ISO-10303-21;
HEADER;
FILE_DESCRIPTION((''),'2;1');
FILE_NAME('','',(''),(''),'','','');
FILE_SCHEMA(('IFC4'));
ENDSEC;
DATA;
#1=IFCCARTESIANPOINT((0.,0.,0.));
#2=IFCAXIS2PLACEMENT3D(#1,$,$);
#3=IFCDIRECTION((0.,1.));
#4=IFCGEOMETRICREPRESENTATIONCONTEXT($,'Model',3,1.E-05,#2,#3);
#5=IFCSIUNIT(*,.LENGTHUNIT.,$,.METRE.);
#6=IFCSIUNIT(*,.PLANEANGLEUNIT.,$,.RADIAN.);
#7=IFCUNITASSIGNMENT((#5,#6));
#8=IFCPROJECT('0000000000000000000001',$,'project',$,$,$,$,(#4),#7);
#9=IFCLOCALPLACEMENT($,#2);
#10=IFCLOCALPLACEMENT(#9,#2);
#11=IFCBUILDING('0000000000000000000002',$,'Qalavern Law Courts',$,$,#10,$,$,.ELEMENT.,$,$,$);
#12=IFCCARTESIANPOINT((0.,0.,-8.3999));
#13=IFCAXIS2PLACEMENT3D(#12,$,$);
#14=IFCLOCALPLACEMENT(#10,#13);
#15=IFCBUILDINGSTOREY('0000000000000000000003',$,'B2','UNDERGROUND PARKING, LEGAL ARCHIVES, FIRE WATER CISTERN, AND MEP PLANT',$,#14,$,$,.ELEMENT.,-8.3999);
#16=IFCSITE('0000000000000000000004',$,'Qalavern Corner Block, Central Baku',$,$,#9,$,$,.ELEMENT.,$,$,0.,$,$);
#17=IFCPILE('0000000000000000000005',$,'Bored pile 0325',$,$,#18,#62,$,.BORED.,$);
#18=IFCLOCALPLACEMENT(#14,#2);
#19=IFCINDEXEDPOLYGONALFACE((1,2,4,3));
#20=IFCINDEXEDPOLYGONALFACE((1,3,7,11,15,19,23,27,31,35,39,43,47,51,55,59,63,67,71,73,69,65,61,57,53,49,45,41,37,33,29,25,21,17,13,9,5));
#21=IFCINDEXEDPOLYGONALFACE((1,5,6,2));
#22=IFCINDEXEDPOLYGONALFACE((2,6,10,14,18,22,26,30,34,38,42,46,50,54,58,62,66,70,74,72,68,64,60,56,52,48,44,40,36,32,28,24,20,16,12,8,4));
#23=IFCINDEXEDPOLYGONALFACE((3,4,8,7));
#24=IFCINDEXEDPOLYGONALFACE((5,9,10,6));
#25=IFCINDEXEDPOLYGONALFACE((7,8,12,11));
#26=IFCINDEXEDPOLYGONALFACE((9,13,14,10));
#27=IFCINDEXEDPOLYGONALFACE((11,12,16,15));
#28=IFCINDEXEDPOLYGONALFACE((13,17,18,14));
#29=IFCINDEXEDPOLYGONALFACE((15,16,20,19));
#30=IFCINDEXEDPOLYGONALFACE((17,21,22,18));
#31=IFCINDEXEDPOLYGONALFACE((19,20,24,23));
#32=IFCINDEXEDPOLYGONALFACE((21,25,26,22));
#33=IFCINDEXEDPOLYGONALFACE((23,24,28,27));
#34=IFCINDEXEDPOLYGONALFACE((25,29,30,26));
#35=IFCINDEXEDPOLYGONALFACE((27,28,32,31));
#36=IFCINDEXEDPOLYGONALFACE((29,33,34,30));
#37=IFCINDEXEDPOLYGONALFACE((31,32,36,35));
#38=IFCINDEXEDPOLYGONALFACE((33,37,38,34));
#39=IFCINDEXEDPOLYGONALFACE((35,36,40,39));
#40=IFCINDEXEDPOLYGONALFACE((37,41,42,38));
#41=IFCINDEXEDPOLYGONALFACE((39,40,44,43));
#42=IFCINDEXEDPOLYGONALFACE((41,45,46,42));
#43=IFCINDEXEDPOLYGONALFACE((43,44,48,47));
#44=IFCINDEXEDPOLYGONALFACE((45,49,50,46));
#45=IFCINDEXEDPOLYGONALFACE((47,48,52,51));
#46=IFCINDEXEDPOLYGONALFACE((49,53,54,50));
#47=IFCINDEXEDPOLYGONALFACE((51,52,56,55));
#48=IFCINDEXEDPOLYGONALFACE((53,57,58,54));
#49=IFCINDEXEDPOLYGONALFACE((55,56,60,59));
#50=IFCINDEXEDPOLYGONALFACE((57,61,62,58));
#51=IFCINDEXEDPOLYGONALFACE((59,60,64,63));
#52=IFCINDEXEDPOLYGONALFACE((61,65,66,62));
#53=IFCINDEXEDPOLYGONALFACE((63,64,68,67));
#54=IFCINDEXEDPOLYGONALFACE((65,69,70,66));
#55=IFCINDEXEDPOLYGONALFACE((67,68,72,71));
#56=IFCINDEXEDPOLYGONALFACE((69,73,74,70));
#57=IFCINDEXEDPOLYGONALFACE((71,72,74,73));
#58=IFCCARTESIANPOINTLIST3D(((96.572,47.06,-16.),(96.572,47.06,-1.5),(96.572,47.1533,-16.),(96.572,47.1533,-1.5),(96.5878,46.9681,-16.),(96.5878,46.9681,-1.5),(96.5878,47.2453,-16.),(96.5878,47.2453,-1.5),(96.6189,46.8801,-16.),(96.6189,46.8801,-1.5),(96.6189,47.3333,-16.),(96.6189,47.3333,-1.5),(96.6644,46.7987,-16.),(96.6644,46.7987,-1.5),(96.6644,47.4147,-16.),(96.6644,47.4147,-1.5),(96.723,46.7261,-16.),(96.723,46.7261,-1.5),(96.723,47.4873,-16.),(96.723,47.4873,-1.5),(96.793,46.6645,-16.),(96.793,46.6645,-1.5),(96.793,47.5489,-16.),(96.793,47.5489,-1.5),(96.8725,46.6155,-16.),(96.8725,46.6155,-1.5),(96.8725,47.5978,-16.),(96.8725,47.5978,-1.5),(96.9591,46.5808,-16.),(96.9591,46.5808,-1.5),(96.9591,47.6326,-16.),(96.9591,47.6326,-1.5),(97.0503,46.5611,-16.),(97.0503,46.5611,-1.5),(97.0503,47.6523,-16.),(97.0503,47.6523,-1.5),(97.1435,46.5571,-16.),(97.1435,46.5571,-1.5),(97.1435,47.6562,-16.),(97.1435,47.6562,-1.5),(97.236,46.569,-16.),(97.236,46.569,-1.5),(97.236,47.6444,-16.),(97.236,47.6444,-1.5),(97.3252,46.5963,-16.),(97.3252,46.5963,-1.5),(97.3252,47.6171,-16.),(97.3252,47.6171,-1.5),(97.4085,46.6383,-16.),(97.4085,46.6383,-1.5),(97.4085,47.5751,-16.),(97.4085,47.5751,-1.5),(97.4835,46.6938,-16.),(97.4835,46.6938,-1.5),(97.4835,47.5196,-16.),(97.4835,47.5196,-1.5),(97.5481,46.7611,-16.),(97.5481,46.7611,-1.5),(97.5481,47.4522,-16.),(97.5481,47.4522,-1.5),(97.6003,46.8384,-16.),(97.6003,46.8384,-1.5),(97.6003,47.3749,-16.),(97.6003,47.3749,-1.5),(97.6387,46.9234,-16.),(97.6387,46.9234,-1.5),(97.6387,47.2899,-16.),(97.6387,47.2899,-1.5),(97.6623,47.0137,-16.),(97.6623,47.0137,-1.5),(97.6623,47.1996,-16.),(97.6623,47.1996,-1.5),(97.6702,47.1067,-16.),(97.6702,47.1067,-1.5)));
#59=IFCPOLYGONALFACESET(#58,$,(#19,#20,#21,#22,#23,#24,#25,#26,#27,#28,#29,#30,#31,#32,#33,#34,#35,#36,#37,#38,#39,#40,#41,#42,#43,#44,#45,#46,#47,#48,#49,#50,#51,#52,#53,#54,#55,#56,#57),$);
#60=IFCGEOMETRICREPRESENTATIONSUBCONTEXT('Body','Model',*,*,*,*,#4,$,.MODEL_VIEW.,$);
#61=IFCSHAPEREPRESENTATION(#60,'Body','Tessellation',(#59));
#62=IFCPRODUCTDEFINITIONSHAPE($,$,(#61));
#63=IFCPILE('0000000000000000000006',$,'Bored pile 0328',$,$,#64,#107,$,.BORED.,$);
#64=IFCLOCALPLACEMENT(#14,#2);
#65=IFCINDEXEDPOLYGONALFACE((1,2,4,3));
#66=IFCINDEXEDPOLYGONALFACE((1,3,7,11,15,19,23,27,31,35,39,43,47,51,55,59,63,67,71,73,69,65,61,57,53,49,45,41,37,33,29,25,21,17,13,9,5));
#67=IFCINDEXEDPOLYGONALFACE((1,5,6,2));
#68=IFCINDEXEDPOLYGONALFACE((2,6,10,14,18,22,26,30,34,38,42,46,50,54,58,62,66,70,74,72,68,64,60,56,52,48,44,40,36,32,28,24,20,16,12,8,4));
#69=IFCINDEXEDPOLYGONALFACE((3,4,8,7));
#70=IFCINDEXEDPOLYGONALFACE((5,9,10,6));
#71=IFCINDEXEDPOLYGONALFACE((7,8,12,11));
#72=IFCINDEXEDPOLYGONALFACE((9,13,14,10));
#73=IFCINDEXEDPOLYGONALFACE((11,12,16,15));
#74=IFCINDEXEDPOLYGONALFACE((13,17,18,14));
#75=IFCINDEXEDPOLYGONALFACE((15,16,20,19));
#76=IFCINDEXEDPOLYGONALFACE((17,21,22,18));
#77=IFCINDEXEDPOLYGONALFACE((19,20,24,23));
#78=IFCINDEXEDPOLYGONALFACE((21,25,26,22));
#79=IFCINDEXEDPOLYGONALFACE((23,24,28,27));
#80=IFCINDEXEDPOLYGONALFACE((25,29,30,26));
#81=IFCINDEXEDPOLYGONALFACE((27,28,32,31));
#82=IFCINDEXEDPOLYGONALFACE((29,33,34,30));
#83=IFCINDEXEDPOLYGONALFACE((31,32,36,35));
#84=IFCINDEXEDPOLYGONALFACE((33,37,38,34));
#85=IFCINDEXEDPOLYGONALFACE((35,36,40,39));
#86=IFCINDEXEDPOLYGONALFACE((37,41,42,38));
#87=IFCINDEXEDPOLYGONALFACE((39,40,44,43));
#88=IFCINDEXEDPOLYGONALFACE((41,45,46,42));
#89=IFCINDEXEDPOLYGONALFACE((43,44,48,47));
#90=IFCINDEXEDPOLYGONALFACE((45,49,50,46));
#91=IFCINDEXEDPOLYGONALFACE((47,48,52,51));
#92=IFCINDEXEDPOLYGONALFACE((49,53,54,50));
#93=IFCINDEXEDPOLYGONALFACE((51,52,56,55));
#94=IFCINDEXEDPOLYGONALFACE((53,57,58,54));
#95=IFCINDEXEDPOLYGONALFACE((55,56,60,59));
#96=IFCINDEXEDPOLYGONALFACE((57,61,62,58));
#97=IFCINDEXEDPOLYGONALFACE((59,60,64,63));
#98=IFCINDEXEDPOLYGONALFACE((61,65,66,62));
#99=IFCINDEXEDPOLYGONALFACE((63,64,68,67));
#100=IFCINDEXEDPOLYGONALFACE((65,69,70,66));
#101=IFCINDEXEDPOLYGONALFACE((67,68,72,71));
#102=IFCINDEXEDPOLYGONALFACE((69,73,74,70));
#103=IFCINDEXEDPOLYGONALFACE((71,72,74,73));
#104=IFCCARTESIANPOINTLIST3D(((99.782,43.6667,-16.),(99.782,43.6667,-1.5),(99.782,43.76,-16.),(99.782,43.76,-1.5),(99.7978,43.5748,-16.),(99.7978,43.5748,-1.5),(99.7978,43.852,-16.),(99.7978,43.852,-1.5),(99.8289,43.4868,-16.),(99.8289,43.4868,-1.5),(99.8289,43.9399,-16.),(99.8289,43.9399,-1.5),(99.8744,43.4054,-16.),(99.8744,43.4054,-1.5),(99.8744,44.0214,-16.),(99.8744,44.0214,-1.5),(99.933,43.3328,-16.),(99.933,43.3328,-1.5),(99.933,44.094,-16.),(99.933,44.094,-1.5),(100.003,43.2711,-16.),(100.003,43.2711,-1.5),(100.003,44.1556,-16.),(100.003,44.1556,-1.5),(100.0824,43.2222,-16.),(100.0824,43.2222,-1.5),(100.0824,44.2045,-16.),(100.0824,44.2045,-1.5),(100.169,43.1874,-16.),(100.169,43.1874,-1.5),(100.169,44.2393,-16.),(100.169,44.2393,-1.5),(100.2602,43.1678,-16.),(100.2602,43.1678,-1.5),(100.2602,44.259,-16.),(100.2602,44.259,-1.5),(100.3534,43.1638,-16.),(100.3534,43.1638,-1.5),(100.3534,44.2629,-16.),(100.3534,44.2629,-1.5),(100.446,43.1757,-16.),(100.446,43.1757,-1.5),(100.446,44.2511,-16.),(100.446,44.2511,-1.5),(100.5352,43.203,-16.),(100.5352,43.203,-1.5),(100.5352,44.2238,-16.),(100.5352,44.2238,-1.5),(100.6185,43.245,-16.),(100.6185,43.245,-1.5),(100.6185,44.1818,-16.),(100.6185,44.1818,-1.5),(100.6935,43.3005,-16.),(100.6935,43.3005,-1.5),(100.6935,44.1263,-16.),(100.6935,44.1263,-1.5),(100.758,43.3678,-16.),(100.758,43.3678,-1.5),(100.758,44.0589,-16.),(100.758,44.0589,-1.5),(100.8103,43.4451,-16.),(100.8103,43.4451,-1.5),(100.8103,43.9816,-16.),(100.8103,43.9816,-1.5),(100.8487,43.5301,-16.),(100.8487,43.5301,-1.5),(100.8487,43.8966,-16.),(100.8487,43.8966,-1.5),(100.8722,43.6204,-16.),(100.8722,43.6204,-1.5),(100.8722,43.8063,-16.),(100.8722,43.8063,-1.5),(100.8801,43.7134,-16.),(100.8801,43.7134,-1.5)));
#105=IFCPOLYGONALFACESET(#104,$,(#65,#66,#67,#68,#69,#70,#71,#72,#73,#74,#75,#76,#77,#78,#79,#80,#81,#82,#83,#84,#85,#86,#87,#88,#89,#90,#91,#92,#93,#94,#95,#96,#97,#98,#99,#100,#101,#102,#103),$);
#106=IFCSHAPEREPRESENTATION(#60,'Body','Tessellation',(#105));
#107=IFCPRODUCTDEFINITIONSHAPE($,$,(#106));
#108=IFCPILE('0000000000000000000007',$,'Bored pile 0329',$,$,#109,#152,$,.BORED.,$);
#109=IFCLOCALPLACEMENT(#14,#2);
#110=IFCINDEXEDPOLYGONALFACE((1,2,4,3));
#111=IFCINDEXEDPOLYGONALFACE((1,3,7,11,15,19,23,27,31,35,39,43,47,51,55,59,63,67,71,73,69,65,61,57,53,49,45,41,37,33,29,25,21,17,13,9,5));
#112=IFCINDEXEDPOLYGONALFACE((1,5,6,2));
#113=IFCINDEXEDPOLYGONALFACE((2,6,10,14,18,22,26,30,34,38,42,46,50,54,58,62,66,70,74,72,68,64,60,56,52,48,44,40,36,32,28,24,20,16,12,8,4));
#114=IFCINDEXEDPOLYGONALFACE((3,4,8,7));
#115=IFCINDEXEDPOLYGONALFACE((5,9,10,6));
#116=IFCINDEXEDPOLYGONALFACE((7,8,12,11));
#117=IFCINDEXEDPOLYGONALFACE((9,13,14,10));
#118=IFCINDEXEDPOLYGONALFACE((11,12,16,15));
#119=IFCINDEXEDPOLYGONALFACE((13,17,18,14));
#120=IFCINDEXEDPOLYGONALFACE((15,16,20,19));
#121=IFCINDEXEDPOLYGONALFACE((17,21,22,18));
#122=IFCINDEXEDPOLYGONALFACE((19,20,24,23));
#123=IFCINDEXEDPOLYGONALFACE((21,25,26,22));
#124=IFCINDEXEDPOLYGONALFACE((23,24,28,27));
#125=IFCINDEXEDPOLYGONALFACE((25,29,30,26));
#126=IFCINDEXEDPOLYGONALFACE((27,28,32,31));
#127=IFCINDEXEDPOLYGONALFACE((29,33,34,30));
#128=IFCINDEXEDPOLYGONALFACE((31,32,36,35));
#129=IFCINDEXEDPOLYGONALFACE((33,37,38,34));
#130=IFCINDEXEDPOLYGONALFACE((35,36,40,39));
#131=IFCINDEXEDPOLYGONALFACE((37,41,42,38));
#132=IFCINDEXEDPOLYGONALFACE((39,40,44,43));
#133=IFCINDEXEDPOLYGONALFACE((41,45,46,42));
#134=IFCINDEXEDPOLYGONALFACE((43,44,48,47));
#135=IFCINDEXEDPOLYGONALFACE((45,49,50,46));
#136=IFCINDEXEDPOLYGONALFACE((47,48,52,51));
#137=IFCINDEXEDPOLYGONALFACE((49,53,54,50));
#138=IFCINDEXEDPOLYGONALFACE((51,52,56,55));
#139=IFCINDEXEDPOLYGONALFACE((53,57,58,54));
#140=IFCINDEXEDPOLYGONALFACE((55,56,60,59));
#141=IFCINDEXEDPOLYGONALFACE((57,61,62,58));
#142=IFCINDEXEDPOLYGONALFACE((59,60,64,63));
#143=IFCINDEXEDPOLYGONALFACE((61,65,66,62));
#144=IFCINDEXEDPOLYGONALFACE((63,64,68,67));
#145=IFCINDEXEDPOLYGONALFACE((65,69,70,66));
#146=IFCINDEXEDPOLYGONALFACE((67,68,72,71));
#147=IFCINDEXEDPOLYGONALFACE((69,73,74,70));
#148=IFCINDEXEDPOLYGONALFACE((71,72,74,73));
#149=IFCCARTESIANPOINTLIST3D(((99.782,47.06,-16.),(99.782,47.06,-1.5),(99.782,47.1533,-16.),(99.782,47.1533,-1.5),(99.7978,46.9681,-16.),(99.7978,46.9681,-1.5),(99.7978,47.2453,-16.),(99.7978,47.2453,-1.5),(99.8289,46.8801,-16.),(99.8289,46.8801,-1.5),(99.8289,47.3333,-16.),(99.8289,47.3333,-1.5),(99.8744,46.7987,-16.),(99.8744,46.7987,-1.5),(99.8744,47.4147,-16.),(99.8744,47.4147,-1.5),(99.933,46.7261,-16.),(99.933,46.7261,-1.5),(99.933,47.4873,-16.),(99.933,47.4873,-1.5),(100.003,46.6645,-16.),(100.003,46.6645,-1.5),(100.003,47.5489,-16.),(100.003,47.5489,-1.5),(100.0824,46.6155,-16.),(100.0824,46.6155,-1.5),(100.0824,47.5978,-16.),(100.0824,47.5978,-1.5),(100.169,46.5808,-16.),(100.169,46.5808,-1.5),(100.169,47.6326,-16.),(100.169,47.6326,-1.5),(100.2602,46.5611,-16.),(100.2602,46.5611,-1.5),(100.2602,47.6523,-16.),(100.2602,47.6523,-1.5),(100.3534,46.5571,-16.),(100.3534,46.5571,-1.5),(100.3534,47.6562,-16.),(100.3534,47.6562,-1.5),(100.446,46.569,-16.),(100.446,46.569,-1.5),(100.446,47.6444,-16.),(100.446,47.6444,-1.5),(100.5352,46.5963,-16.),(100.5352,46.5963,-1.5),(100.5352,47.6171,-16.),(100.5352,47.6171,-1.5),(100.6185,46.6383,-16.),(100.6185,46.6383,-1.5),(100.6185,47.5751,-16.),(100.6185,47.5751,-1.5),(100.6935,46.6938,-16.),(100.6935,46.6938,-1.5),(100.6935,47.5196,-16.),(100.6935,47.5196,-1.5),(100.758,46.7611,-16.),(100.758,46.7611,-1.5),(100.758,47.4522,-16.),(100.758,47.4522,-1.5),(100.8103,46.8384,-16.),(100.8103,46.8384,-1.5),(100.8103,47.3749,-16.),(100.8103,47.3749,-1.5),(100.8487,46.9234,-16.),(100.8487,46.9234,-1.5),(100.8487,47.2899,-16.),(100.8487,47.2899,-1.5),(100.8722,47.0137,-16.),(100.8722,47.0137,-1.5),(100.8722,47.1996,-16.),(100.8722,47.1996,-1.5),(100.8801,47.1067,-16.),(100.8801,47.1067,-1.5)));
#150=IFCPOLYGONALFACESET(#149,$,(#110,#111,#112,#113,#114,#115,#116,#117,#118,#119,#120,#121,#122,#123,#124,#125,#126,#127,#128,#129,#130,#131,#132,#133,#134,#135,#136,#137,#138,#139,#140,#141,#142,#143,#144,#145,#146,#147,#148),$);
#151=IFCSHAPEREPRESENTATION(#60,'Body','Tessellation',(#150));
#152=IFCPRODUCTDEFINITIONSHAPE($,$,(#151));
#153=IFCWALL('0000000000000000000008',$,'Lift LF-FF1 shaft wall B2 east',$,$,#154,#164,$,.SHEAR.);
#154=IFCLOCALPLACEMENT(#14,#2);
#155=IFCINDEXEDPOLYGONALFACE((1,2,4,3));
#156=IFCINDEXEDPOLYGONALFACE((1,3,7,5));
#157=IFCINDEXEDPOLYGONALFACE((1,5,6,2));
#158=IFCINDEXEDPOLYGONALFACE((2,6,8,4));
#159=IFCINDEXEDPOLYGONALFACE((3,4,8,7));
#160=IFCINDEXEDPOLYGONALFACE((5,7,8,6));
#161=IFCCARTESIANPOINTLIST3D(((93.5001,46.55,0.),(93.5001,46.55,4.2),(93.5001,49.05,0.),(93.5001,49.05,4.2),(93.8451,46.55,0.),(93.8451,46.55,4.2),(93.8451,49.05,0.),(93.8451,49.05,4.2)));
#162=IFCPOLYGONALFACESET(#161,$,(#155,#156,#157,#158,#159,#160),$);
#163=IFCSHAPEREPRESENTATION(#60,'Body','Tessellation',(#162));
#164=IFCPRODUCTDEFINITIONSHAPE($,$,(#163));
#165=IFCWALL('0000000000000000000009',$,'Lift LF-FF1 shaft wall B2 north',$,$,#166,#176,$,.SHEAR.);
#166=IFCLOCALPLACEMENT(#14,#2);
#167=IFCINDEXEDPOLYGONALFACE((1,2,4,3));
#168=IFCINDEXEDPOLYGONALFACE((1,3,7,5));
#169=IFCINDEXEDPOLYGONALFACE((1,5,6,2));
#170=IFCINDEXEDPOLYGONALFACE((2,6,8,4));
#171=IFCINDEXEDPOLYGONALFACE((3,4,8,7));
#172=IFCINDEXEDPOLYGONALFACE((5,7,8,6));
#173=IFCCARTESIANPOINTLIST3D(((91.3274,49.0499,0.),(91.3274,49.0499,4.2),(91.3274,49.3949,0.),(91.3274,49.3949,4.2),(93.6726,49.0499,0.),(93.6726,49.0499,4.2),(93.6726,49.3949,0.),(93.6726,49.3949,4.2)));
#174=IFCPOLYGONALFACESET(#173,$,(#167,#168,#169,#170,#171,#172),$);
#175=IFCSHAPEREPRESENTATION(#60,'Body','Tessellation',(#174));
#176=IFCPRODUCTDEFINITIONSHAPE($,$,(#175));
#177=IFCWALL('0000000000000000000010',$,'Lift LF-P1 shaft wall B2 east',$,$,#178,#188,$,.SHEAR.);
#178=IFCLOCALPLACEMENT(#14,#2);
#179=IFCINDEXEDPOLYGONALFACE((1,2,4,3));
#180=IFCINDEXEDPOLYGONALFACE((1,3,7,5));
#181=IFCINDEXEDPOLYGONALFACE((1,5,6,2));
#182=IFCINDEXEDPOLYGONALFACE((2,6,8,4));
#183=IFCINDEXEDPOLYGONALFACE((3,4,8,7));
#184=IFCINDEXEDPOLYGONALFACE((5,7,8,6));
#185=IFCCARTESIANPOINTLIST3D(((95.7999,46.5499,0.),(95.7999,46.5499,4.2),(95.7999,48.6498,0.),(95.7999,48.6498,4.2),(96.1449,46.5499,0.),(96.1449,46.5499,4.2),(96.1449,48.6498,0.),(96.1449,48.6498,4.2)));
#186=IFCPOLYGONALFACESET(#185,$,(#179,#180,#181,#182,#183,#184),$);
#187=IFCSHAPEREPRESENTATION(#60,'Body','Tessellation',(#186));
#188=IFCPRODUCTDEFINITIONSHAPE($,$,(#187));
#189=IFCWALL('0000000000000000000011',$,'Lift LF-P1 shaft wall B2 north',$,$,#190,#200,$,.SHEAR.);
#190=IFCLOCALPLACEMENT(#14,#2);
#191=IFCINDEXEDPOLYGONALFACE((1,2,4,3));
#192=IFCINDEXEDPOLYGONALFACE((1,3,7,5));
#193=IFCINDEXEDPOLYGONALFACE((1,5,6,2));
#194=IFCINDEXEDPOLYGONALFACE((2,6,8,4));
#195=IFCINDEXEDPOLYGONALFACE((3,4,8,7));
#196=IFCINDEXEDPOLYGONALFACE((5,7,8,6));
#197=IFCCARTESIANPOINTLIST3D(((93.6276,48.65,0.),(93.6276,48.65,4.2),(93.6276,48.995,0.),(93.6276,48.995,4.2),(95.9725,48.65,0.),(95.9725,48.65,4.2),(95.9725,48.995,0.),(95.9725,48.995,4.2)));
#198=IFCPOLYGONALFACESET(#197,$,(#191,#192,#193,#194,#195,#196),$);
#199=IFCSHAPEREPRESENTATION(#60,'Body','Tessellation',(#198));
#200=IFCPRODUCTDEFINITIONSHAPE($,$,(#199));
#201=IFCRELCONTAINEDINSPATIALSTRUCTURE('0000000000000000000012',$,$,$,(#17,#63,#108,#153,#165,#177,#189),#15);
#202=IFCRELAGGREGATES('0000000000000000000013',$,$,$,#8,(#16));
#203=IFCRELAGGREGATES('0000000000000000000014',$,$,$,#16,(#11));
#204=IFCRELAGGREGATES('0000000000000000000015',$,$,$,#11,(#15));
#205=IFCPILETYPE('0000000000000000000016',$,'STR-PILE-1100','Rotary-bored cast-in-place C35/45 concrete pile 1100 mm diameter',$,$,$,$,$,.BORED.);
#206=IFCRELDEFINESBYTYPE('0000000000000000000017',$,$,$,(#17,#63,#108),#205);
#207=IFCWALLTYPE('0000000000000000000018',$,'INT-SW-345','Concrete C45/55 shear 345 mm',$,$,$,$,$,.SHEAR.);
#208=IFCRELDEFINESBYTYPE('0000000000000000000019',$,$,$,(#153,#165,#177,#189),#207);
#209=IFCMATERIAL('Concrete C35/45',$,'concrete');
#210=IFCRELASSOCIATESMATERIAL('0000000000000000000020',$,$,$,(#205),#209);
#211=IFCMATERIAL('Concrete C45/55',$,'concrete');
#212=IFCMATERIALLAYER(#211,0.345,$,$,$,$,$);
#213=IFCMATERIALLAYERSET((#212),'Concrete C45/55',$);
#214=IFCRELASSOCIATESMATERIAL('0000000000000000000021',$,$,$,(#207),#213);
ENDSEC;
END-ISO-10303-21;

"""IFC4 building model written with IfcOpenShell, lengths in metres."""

from ifc_helpers import new_model, si_unit, direction, frame, frame_2d, origin, origin_2d, place, context, subcontext, project, spatial, rectangle, circle, extrude, material, layer, layer_set, material_profile, profile_set, type_object, element, save


model = new_model("IFC4")

# Units and contexts
model_context = context("Model", 3, precision=1e-05, world=origin(), true_north=direction((0.0, 1.0)))
body_context = subcontext(model_context, "Body", "Model", "MODEL_VIEW")
ifc_project = project(units=[si_unit("LENGTHUNIT", "METRE"), si_unit("PLANEANGLEUNIT", "RADIAN")], contexts=[model_context])

# Site, building, storey
site_placement = place(None, origin())
site = spatial("IfcSite", under=ifc_project, at=site_placement, Name="Qalavern Corner Block, Central Baku", CompositionType="ELEMENT", RefElevation=0.0)
building_placement = place(site_placement, origin())
building = spatial("IfcBuilding", under=site, at=building_placement, Name="Qalavern Law Courts", CompositionType="ELEMENT")
storey_placement = place(building_placement, frame((0.0, 0.0, -8.3999)))
storey = spatial("IfcBuildingStorey", under=building, at=storey_placement, Name="B2", Description="UNDERGROUND PARKING, LEGAL ARCHIVES, FIRE WATER CISTERN, AND MEP PLANT", CompositionType="ELEMENT", Elevation=-8.3999)

# Shared definitions
ifc_material_1 = material(Name="Concrete C35/45", Category="concrete")

# Piles
ifc_material_profile = material_profile(ifc_material_1, circle(Radius=0.55, at=origin_2d()), Name="BORED PILE 1100")
ifc_profile_set = profile_set([ifc_material_profile], Name="Concrete C35/45")
pile_type = type_object("IfcPileType", Name="STR-PILE-1100", Description="Rotary-bored cast-in-place C35/45 concrete pile 1100 mm diameter", PredefinedType="BORED", material=ifc_profile_set)
for number, where, z_axis, x_axis, name in (
    (1, (97.1201, 47.1067, -1.5), (0.0, 0.0, -1.0), (1.0, 0.0, 0.0), "Bored pile 0325"),
    (2, (100.3301, 43.7134, -1.5), (0.0, 0.0, -1.0), (1.0, 0.0, 0.0), "Bored pile 0328"),
    (3, (100.3301, 47.1067, -1.5), (0.0, 0.0, -1.0), (1.0, 0.0, 0.0), "Bored pile 0329"),
):
    element("IfcPile", number, at=place(storey_placement, frame(where, z_axis=z_axis, x_axis=x_axis)), inside=storey, type_object=pile_type, Name=name, PredefinedType="BORED", context=body_context, shape_type="SweptSolid", body=[
        extrude(circle(Radius=0.55, at=origin_2d()), origin(), (0.0, 0.0, 1.0), 14.5),
    ])

# Shared definitions
ifc_material_2 = material(Name="Concrete C45/55", Category="concrete")

# Walls
ifc_layer_1 = layer(ifc_material_2, 0.345)
ifc_layer_set_1 = layer_set([ifc_layer_1], Name="Concrete C45/55")
wall_type_1 = type_object("IfcWallType", Name="INT-SW-345", Description="Concrete C45/55 shear 345 mm", PredefinedType="SHEAR", material=ifc_layer_set_1)
wall_1_placement = place(storey_placement, frame((93.6726, 46.55, 0.0), z_axis=(0.0, 0.0, 1.0), x_axis=(0.0, 1.0, 0.0)))
element("IfcWall", 4, at=wall_1_placement, inside=storey, type_object=wall_type_1, Name="Lift LF-FF1 shaft wall B2 east", PredefinedType="SHEAR", context=body_context, shape_type="SweptSolid", body=[
    extrude(rectangle(XDim=2.5, YDim=0.345, at=frame_2d((1.25, 0.0))), origin(), (0.0, 0.0, 1.0), 4.2),
])
wall_2_placement = place(storey_placement, frame((93.6726, 49.2224, 0.0), z_axis=(0.0, 0.0, 1.0), x_axis=(-1.0, 0.0, 0.0)))
element("IfcWall", 5, at=wall_2_placement, inside=storey, type_object=wall_type_1, Name="Lift LF-FF1 shaft wall B2 north", PredefinedType="SHEAR", context=body_context, shape_type="SweptSolid", body=[
    extrude(rectangle(XDim=2.3452, YDim=0.345, at=frame_2d((1.1726, 0.0))), origin(), (0.0, 0.0, 1.0), 4.2),
])

# Walls
wall_3_placement = place(storey_placement, frame((95.9724, 46.55, 0.0), z_axis=(0.0, 0.0, 1.0), x_axis=(0.0, 1.0, 0.0)))
element("IfcWall", 6, at=wall_3_placement, inside=storey, type_object=wall_type_1, Name="Lift LF-P1 shaft wall B2 east", PredefinedType="SHEAR", context=body_context, shape_type="SweptSolid", body=[
    extrude(rectangle(XDim=2.0999, YDim=0.345, at=frame_2d((1.0498, 0.0))), origin(), (0.0, 0.0, 1.0), 4.2),
])
wall_4_placement = place(storey_placement, frame((95.9724, 48.8225, 0.0), z_axis=(0.0, 0.0, 1.0), x_axis=(-1.0, 0.0, 0.0)))
element("IfcWall", 7, at=wall_4_placement, inside=storey, type_object=wall_type_1, Name="Lift LF-P1 shaft wall B2 north", PredefinedType="SHEAR", context=body_context, shape_type="SweptSolid", body=[
    extrude(rectangle(XDim=2.345, YDim=0.345, at=frame_2d((1.1724, 0.0))), origin(), (0.0, 0.0, 1.0), 4.2),
])

save(model, "model.ifc")
